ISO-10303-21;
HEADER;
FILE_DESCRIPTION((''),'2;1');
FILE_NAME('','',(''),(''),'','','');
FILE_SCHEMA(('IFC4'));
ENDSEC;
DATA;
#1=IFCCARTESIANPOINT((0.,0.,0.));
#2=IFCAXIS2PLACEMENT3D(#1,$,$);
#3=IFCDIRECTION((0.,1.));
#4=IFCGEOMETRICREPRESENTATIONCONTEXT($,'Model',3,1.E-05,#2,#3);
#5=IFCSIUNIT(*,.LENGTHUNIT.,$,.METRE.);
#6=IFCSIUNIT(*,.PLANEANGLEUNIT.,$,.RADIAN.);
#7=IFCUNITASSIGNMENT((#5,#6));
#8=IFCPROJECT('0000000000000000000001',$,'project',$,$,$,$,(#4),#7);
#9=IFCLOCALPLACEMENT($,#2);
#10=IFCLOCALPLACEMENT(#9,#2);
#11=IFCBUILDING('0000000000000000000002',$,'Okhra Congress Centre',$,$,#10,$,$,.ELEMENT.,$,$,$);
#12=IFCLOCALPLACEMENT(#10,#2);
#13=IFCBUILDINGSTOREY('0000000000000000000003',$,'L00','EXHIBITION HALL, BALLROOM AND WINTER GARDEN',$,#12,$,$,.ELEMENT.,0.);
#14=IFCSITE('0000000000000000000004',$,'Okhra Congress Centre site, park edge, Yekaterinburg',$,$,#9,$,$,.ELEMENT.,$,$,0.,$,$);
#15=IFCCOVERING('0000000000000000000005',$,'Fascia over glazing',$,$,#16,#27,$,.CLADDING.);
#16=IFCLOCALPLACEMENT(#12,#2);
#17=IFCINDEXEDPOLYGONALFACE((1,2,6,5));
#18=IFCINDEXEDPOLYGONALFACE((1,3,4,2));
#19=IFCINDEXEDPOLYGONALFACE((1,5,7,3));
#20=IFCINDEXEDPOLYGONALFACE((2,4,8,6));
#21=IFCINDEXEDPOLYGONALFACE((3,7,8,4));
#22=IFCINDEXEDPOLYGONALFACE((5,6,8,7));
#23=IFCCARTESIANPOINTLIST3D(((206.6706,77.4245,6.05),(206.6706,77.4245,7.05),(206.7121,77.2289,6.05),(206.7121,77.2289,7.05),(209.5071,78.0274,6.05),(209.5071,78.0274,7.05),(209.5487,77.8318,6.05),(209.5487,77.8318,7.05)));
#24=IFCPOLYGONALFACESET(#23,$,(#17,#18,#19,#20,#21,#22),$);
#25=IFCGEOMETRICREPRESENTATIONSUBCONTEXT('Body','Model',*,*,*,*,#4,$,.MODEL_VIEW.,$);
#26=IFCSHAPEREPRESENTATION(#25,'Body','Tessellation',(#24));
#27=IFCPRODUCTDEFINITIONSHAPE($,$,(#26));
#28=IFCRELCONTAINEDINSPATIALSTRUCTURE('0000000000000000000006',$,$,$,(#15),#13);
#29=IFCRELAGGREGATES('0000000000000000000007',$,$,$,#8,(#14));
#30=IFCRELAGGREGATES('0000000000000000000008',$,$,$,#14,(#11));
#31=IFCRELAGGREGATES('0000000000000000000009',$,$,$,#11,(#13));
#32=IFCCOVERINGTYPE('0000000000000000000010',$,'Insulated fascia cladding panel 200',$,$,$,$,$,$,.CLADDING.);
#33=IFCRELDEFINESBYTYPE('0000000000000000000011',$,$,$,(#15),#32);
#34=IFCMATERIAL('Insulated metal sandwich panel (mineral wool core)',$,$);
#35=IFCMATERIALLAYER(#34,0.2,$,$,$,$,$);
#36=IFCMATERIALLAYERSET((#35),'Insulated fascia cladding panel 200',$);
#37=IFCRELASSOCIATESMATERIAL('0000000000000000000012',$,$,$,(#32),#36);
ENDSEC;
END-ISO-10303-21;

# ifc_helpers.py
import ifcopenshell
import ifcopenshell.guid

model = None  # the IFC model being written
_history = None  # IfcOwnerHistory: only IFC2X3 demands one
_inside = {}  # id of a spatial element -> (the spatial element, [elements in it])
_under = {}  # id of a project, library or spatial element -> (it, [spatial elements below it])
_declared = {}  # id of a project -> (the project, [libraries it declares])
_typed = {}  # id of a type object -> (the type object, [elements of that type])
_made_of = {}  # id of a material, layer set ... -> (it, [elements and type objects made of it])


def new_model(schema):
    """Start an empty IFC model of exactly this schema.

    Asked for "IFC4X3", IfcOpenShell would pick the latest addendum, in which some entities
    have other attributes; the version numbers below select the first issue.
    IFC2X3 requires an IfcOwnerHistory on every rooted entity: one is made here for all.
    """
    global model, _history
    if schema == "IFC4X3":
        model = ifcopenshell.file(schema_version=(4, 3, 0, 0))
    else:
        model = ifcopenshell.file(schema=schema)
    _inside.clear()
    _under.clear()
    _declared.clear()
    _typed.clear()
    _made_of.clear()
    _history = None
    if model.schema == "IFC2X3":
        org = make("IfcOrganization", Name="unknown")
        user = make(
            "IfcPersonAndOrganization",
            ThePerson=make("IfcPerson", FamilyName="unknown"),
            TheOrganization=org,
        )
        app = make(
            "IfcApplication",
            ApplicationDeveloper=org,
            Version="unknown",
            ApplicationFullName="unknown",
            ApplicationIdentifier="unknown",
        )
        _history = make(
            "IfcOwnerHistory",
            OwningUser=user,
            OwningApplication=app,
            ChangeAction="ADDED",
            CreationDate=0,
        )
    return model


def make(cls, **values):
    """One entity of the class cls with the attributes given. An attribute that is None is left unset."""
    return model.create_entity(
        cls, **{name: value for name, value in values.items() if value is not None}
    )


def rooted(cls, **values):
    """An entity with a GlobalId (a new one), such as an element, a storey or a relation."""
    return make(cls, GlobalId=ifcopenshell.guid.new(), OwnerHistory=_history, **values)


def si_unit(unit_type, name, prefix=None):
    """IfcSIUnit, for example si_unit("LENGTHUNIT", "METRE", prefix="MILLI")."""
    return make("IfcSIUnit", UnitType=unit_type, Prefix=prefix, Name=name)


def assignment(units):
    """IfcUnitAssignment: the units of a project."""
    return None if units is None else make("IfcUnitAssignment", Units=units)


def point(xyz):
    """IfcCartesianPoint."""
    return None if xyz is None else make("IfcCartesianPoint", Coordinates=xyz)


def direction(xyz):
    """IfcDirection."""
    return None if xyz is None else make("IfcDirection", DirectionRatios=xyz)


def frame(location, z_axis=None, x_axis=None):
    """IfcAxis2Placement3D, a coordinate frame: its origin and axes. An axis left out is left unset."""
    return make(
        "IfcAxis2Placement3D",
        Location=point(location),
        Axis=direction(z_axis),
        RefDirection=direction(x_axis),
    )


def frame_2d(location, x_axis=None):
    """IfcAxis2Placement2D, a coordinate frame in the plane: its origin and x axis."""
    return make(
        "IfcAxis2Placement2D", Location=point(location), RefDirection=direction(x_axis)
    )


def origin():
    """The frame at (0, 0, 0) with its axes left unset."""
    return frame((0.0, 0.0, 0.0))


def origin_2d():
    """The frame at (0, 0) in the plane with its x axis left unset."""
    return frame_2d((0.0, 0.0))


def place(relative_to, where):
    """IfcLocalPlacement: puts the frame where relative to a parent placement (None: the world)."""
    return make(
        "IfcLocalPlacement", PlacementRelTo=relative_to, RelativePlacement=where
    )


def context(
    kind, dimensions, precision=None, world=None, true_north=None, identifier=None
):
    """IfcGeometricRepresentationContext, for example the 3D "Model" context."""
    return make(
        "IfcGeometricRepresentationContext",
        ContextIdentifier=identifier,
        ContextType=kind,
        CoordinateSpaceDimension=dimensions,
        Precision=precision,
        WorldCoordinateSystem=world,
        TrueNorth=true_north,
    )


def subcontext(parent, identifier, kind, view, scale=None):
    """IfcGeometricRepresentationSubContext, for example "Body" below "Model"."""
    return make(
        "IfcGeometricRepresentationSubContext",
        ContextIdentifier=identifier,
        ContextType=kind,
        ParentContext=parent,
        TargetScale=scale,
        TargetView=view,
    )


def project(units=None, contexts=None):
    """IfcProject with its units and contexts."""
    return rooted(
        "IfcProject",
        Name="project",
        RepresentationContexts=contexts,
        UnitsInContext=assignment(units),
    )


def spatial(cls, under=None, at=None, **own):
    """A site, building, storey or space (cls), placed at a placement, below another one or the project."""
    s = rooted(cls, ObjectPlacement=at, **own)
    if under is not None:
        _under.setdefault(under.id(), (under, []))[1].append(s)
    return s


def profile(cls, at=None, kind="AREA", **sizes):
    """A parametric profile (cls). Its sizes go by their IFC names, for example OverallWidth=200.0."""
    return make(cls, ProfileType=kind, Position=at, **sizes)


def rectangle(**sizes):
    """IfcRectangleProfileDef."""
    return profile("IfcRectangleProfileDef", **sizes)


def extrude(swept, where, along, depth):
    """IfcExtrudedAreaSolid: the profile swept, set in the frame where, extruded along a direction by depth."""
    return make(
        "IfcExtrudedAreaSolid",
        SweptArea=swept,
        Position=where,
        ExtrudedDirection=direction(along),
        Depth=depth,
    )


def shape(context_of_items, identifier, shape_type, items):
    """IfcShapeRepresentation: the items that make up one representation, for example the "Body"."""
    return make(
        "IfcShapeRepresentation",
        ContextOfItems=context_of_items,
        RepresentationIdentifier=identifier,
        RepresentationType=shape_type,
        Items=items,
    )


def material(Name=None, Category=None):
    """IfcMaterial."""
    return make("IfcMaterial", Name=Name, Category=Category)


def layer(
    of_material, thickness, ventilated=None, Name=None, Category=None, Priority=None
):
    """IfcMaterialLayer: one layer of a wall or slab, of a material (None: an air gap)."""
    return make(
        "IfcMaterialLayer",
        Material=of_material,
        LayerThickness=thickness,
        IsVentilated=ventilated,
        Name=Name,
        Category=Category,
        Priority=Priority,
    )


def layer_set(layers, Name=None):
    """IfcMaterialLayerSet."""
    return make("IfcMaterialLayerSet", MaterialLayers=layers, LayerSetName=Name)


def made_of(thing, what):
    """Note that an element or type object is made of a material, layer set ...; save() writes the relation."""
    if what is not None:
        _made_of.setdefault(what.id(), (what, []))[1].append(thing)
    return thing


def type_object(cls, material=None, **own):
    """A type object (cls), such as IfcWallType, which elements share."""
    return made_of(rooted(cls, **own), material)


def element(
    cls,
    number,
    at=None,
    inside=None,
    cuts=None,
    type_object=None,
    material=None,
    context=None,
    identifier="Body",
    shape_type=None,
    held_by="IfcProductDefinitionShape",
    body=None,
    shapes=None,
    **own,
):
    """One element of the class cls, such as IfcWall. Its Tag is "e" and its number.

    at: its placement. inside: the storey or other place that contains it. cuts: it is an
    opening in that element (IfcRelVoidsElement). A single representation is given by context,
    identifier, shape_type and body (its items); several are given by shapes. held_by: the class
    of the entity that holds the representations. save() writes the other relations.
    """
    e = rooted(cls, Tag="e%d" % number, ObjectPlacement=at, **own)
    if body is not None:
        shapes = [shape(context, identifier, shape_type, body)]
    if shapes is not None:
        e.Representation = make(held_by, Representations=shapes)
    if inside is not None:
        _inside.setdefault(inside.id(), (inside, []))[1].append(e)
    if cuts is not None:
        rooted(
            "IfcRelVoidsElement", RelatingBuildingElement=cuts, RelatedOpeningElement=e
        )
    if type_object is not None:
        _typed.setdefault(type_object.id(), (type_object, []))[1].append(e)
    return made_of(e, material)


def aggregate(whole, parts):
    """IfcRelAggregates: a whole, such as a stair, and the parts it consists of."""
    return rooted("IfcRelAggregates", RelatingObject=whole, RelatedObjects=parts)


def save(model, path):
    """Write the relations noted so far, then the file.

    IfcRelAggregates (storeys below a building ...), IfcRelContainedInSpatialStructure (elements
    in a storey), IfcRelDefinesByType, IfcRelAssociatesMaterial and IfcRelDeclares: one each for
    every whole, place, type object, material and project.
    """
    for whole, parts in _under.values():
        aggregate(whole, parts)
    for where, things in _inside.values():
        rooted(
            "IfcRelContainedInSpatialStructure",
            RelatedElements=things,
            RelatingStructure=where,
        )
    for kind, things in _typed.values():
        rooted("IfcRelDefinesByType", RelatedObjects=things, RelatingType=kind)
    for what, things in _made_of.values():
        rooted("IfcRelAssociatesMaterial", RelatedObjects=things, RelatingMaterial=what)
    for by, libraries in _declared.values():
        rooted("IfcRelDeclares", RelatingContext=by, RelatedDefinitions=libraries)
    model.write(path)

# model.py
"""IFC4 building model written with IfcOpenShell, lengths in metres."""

from ifc_helpers import new_model, si_unit, direction, frame, origin, origin_2d, place, context, subcontext, project, spatial, rectangle, extrude, material, layer, layer_set, type_object, element, save


model = new_model("IFC4")

# Units and contexts
model_context = context("Model", 3, precision=1e-05, world=origin(), true_north=direction((0.0, 1.0)))
body_context = subcontext(model_context, "Body", "Model", "MODEL_VIEW")
ifc_project = project(units=[si_unit("LENGTHUNIT", "METRE"), si_unit("PLANEANGLEUNIT", "RADIAN")], contexts=[model_context])

# Site, building, storey
site_placement = place(None, origin())
site = spatial("IfcSite", under=ifc_project, at=site_placement, Name="Okhra Congress Centre site, park edge, Yekaterinburg", CompositionType="ELEMENT", RefElevation=0.0)
building_placement = place(site_placement, origin())
building = spatial("IfcBuilding", under=site, at=building_placement, Name="Okhra Congress Centre", CompositionType="ELEMENT")
storey_placement = place(building_placement, origin())
storey = spatial("IfcBuildingStorey", under=building, at=storey_placement, Name="L00", Description="EXHIBITION HALL, BALLROOM AND WINTER GARDEN", CompositionType="ELEMENT", Elevation=0.0)

# Covering
ifc_material_1 = material(Name="Insulated metal sandwich panel (mineral wool core)")
ifc_layer_1 = layer(ifc_material_1, 0.2)
ifc_layer_set_1 = layer_set([ifc_layer_1], Name="Insulated fascia cladding panel 200")
covering_type_1 = type_object("IfcCoveringType", Name="Insulated fascia cladding panel 200", PredefinedType="CLADDING", material=ifc_layer_set_1)
covering_1_placement = place(storey_placement, frame((208.1096, 77.6282, 6.05), z_axis=(0.0, 0.0, 1.0), x_axis=(0.978148, 0.207912, 0.0)))
element("IfcCovering", 1, at=covering_1_placement, inside=storey, type_object=covering_type_1, Name="Fascia over glazing", PredefinedType="CLADDING", context=body_context, shape_type="SweptSolid", body=[
    extrude(rectangle(XDim=2.8999, YDim=0.2, at=origin_2d()), origin(), (0.0, 0.0, 1.0), 1.0),
])

save(model, "model.ifc")
